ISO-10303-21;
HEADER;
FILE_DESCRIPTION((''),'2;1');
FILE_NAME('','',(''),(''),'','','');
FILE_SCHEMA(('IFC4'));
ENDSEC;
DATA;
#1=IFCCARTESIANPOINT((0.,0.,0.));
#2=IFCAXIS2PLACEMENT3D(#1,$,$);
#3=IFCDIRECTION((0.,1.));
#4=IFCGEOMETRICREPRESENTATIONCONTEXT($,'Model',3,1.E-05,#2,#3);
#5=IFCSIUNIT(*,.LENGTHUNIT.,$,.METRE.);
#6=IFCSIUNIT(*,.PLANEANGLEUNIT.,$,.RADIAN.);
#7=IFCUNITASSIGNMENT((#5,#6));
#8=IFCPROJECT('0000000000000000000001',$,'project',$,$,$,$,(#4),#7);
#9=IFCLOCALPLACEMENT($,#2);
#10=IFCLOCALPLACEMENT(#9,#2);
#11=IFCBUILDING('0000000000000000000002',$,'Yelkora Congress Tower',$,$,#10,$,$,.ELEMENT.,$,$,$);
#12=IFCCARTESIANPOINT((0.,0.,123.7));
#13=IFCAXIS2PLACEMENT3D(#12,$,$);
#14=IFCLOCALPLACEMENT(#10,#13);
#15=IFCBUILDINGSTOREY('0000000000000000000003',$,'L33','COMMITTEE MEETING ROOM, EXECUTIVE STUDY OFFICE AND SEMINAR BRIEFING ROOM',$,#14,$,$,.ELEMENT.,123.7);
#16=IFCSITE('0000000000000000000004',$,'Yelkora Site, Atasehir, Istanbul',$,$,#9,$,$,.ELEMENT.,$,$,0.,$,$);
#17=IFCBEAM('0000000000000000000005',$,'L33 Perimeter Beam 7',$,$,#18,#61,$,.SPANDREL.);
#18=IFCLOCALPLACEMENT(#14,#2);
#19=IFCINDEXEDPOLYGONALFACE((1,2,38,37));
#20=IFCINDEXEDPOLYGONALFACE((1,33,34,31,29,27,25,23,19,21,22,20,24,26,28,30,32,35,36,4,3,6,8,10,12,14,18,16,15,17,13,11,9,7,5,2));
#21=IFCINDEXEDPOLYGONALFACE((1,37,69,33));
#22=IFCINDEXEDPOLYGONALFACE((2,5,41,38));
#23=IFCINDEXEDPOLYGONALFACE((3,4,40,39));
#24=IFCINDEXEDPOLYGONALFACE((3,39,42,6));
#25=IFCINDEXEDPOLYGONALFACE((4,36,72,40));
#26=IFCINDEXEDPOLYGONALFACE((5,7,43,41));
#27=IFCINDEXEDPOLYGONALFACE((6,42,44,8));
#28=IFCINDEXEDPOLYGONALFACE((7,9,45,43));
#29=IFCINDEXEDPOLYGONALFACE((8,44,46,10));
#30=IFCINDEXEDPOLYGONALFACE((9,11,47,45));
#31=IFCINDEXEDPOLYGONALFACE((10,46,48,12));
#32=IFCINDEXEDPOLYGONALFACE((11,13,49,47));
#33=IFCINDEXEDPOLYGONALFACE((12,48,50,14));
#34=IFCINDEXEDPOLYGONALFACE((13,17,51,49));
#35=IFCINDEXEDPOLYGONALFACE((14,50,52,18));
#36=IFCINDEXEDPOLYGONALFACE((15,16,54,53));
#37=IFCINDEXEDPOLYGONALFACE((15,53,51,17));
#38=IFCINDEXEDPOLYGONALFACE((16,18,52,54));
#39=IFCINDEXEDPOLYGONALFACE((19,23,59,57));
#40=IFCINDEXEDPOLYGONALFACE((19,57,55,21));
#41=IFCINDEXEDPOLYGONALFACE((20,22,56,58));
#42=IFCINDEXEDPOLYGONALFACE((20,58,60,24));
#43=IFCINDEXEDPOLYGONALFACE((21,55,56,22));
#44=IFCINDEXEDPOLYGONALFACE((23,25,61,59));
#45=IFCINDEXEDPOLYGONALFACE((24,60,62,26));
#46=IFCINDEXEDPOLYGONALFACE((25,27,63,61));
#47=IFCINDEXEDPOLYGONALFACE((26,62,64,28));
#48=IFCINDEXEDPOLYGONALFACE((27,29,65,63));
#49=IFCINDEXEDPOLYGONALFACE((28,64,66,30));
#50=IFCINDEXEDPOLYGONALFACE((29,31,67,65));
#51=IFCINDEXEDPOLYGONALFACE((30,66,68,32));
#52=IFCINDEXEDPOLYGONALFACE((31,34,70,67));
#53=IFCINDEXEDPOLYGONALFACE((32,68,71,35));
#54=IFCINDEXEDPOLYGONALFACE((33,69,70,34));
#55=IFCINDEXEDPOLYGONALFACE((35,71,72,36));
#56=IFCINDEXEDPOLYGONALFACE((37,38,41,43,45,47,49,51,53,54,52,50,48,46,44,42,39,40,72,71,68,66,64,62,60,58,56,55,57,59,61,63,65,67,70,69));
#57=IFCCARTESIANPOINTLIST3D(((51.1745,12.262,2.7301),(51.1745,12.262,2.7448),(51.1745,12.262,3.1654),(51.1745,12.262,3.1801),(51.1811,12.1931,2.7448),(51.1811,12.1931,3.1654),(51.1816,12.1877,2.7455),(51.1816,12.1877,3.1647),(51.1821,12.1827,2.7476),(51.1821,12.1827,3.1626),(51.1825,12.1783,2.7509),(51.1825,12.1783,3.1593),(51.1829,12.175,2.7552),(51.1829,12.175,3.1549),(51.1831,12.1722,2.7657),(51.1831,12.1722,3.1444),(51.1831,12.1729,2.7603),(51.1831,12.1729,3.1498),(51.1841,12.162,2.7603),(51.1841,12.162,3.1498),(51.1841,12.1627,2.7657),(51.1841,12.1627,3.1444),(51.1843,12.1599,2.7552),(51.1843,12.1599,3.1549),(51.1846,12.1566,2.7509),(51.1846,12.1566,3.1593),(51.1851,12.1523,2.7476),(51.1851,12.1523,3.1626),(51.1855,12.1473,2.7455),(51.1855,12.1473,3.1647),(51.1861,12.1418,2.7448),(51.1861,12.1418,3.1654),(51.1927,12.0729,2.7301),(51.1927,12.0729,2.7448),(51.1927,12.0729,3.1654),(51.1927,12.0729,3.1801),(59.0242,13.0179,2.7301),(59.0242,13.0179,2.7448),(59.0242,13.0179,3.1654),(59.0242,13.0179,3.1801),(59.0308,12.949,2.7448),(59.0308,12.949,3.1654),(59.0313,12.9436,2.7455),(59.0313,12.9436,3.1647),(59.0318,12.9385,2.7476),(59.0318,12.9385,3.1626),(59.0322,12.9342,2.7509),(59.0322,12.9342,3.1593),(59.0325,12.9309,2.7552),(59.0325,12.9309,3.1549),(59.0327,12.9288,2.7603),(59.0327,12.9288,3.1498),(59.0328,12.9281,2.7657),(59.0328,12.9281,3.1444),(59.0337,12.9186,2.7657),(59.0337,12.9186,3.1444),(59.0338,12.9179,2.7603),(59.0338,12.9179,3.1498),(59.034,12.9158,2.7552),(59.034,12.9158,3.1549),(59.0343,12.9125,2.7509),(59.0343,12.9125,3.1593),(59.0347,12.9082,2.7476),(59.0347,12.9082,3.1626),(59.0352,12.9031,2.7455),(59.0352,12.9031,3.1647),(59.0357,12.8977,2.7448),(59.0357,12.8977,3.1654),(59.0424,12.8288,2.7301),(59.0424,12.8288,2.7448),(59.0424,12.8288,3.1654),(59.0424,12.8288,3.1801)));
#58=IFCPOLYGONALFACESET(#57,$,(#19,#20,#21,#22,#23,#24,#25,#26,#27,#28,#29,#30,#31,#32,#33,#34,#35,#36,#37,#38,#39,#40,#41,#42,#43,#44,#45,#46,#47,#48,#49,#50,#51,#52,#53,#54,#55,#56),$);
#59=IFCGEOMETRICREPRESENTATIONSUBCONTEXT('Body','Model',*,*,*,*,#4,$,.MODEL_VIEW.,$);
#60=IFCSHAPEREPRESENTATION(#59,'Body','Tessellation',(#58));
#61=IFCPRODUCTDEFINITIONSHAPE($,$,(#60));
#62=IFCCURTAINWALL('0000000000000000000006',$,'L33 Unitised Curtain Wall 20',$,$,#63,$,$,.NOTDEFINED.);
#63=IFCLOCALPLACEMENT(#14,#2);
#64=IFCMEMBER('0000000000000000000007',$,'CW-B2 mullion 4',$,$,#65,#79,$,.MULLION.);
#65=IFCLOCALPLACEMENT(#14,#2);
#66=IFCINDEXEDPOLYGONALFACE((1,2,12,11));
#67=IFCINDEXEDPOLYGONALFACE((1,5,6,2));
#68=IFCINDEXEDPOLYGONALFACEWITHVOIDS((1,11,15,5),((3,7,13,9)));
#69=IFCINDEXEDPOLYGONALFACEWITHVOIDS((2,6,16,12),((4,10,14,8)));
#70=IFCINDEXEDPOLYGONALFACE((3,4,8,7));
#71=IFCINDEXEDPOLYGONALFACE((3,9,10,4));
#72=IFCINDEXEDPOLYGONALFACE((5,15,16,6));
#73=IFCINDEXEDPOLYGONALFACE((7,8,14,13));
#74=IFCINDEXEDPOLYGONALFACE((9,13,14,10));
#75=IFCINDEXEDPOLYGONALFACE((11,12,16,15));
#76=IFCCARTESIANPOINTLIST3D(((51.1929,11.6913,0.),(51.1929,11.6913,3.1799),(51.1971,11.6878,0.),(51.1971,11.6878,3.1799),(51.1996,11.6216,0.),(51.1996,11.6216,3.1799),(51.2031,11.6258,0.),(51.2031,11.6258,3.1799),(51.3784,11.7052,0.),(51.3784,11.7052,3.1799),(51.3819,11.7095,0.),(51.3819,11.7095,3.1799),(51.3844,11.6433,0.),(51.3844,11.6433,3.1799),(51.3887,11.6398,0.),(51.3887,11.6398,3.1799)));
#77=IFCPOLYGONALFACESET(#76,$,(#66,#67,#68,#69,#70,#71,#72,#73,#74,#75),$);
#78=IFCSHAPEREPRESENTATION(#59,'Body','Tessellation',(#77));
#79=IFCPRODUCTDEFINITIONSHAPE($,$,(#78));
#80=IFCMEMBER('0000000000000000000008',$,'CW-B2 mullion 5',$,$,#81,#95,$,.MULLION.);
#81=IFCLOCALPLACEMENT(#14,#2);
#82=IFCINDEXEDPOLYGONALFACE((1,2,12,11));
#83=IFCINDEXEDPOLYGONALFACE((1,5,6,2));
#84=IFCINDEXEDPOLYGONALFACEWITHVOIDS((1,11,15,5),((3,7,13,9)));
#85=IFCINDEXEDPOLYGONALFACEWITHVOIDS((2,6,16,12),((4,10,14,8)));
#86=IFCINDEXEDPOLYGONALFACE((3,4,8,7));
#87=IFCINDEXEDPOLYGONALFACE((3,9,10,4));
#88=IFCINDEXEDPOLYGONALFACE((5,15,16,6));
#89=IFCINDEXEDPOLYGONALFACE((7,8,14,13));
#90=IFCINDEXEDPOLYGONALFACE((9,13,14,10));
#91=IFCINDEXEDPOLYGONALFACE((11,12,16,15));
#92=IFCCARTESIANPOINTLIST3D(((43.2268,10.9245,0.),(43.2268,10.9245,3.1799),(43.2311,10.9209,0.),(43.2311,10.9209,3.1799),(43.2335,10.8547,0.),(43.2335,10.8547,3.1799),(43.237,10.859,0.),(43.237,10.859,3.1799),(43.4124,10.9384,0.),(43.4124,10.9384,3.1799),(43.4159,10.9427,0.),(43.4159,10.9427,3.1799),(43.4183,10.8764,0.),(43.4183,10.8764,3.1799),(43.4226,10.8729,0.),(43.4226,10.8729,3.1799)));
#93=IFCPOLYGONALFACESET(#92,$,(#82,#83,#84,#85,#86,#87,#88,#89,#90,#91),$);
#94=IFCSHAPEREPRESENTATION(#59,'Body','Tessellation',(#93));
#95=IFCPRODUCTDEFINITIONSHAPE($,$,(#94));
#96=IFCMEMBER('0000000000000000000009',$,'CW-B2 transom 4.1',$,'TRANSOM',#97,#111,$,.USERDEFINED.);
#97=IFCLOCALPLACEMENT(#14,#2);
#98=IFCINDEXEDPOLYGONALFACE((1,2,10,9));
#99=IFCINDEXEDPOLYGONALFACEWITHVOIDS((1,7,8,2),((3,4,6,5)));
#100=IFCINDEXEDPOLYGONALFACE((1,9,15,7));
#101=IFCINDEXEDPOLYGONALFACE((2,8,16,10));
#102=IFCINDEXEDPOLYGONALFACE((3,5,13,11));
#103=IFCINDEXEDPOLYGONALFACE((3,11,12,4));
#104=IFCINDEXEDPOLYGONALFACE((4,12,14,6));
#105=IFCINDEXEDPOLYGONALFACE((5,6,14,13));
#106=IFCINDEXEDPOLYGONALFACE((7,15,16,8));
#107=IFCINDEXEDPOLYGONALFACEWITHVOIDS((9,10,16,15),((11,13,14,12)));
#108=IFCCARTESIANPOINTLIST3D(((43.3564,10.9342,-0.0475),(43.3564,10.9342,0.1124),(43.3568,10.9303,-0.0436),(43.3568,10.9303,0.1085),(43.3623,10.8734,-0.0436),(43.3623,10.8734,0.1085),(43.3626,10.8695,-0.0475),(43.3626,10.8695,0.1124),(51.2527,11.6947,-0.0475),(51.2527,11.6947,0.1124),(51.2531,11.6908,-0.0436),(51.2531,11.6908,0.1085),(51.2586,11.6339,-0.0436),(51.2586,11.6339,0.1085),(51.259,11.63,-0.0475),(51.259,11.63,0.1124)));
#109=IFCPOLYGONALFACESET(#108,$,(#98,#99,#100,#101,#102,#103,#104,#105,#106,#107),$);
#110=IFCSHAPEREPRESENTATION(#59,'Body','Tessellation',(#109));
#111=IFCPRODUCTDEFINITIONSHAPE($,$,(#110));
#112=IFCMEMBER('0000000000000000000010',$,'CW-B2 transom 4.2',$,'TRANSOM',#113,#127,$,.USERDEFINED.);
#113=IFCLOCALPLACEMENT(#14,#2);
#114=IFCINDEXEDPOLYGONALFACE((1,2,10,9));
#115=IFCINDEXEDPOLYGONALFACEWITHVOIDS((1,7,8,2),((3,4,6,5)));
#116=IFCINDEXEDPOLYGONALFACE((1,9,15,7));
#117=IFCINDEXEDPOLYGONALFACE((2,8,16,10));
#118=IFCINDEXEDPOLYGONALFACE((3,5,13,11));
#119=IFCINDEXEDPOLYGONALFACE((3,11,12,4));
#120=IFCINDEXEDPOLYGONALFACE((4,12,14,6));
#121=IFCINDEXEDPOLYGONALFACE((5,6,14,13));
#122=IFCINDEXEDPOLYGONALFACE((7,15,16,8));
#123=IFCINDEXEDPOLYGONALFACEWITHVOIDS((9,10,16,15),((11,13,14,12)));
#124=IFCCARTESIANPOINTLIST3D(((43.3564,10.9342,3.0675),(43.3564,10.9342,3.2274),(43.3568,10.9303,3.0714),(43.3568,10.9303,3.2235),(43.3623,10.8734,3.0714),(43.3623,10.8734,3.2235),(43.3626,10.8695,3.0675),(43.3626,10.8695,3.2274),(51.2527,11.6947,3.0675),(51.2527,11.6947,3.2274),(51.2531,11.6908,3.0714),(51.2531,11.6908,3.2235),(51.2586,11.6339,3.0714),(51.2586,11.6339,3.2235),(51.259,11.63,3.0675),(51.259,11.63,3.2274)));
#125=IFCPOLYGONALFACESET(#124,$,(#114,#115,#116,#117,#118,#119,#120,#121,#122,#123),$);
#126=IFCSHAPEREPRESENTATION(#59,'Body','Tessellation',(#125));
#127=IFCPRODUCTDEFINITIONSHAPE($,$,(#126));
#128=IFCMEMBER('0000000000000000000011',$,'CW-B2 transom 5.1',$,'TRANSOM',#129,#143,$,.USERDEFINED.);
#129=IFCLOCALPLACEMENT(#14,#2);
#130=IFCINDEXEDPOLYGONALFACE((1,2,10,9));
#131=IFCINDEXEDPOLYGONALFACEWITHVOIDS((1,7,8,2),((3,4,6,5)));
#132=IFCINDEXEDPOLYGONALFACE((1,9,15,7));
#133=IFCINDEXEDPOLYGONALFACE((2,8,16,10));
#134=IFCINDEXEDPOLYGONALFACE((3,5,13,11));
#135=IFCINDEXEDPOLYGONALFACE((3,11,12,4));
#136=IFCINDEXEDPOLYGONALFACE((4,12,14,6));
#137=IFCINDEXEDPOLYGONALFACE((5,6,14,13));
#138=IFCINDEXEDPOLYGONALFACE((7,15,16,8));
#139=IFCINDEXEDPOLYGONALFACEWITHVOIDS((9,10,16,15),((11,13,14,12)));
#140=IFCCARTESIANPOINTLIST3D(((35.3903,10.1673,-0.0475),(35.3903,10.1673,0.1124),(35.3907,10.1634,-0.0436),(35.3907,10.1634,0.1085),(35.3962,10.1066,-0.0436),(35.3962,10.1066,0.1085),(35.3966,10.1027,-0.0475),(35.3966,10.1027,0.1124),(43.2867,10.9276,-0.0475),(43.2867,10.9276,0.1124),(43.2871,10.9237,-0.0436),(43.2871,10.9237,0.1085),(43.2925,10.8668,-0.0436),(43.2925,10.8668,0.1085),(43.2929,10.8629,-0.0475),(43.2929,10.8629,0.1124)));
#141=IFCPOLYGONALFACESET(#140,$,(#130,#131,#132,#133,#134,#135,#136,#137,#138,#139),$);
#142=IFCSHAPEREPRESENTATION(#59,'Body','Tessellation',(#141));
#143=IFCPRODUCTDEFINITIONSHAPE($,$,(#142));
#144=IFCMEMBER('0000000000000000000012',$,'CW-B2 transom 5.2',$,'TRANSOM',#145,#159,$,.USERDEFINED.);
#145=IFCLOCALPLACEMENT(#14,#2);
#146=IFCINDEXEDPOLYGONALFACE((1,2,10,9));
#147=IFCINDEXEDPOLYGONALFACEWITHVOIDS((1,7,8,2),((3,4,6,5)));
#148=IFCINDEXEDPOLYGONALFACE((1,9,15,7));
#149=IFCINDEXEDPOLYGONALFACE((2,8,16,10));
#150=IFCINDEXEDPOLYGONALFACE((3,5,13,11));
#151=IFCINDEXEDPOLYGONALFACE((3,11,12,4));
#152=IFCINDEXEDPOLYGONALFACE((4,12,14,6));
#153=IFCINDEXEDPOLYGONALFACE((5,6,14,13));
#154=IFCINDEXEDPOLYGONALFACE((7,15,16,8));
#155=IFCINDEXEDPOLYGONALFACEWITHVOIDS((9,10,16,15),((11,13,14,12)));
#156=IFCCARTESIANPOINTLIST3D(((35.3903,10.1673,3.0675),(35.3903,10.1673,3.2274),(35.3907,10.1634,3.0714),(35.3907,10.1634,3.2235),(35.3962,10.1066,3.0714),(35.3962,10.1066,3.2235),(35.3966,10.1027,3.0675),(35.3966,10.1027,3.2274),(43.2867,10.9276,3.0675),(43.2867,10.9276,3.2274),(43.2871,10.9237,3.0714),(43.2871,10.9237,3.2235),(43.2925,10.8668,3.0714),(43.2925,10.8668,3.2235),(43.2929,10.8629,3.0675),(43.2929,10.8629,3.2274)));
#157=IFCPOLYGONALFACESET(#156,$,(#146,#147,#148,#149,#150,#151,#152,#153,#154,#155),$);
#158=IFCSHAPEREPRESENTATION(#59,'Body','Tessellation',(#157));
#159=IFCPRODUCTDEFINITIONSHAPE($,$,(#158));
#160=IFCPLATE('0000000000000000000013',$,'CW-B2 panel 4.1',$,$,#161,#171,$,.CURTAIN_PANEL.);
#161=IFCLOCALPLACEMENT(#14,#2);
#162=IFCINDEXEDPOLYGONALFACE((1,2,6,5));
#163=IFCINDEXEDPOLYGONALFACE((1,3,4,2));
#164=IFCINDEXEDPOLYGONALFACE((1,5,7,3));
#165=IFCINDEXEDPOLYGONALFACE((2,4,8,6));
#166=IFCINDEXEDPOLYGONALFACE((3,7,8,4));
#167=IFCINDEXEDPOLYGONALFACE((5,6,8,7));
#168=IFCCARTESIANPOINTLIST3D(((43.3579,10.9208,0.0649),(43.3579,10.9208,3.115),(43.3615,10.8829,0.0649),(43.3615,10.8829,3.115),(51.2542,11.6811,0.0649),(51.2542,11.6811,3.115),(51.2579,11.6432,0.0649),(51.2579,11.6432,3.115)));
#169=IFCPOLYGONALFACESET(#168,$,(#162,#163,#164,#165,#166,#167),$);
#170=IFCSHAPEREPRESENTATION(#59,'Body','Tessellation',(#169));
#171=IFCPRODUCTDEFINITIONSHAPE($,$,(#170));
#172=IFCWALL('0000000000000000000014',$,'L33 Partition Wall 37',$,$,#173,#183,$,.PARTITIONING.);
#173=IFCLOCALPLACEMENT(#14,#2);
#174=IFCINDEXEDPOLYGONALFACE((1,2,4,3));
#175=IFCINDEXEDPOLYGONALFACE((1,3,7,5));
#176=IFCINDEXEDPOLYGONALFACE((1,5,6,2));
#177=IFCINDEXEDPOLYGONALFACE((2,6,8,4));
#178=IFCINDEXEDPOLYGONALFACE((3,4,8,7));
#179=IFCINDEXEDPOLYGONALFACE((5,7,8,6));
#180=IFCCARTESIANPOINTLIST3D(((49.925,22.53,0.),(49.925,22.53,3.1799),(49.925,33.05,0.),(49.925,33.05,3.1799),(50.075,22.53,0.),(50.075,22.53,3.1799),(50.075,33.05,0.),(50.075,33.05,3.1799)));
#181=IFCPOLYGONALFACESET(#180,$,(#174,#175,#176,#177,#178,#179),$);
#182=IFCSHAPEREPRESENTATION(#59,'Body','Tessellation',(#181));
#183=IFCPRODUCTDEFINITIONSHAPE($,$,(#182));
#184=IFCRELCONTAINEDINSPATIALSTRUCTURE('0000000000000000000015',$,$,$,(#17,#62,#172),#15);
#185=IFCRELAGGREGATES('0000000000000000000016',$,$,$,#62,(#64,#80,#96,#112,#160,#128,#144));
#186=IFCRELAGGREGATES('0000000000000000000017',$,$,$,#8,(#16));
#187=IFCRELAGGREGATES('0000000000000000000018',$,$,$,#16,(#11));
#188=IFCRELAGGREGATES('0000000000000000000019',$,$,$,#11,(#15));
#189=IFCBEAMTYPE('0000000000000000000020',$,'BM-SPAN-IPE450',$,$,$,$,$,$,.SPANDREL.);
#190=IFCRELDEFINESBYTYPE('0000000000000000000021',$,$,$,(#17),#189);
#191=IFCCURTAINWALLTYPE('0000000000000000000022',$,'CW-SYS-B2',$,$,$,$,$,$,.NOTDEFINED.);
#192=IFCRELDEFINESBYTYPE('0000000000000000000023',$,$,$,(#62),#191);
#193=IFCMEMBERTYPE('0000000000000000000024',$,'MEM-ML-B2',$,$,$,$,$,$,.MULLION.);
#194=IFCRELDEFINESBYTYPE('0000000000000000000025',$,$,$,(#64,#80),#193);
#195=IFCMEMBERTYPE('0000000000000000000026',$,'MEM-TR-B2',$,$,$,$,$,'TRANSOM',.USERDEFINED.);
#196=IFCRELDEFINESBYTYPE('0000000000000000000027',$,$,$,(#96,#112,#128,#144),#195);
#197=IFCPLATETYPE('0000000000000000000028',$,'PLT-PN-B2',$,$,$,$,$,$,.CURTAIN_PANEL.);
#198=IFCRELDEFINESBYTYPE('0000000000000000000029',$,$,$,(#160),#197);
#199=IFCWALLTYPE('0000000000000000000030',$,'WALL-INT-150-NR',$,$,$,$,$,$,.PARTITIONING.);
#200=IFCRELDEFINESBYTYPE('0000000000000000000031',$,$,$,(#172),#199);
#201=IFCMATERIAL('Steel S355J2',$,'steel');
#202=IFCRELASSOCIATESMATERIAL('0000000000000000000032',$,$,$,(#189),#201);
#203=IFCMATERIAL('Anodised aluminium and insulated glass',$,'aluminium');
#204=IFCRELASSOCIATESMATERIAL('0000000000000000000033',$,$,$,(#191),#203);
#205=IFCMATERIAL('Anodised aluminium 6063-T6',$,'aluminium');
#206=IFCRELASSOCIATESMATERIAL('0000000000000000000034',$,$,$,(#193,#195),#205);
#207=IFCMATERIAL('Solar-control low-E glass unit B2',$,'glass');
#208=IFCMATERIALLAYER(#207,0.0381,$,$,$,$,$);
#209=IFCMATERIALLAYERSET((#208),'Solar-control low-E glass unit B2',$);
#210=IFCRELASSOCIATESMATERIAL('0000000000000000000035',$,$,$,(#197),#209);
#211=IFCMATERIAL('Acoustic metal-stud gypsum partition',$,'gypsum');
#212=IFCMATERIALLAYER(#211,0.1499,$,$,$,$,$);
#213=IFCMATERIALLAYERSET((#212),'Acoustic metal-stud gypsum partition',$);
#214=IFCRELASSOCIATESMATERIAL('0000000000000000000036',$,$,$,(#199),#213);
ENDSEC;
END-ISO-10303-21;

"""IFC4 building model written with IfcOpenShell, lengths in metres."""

from ifc_helpers import new_model, si_unit, direction, frame, frame_2d, origin, origin_2d, place, context, subcontext, project, spatial, rectangle, hollow_rectangle, i_section, extrude, material, layer, layer_set, material_profile, profile_set, type_object, element, aggregate, save


model = new_model("IFC4")

# Units and contexts
model_context = context("Model", 3, precision=1e-05, world=origin(), true_north=direction((0.0, 1.0)))
body_context = subcontext(model_context, "Body", "Model", "MODEL_VIEW")
ifc_project = project(units=[si_unit("LENGTHUNIT", "METRE"), si_unit("PLANEANGLEUNIT", "RADIAN")], contexts=[model_context])

# Site, building, storey
site_placement = place(None, origin())
site = spatial("IfcSite", under=ifc_project, at=site_placement, Name="Yelkora Site, Atasehir, Istanbul", CompositionType="ELEMENT", RefElevation=0.0)
building_placement = place(site_placement, origin())
building = spatial("IfcBuilding", under=site, at=building_placement, Name="Yelkora Congress Tower", CompositionType="ELEMENT")
storey_placement = place(building_placement, frame((0.0, 0.0, 123.7)))
storey = spatial("IfcBuildingStorey", under=building, at=storey_placement, Name="L33", Description="COMMITTEE MEETING ROOM, EXECUTIVE STUDY OFFICE AND SEMINAR BRIEFING ROOM", CompositionType="ELEMENT", Elevation=123.7)

# Beam
ifc_material_1 = material(Name="Steel S355J2", Category="steel")
ifc_material_profile_1 = material_profile(ifc_material_1, i_section(OverallWidth=0.1899, OverallDepth=0.45, WebThickness=0.0095, FlangeThickness=0.0146, FilletRadius=0.021, at=origin_2d()), Name="IPE 450")
ifc_profile_set_1 = profile_set([ifc_material_profile_1], Name="Steel S355J2")
beam_type_1 = type_object("IfcBeamType", Name="BM-SPAN-IPE450", PredefinedType="SPANDREL", material=ifc_profile_set_1)
beam_1_placement = place(storey_placement, frame((51.1836, 12.1675, 2.9551), z_axis=(0.995396, 0.095849, 0.0), x_axis=(-0.095849, 0.995396, 0.0)))
element("IfcBeam", 1, at=beam_1_placement, inside=storey, type_object=beam_type_1, Name="L33 Perimeter Beam 7", PredefinedType="SPANDREL", context=body_context, shape_type="SweptSolid", body=[
    extrude(i_section(OverallWidth=0.1899, OverallDepth=0.45, WebThickness=0.0095, FlangeThickness=0.0146, FilletRadius=0.021, at=origin_2d()), origin(), (0.0, 0.0, 1.0), 7.886),
])

# Curtain wall, members, plate
ifc_material_2 = material(Name="Anodised aluminium and insulated glass", Category="aluminium")
curtain_wall_type = type_object("IfcCurtainWallType", Name="CW-SYS-B2", PredefinedType="NOTDEFINED", material=ifc_material_2)
curtain_wall_placement = place(storey_placement, origin())
curtain_wall = element("IfcCurtainWall", 2, at=curtain_wall_placement, inside=storey, type_object=curtain_wall_type, Name="L33 Unitised Curtain Wall 20", PredefinedType="NOTDEFINED")
ifc_material_3 = material(Name="Anodised aluminium 6063-T6", Category="aluminium")
ifc_material_profile_2 = material_profile(ifc_material_3, hollow_rectangle(XDim=0.0701, YDim=0.1899, WallThickness=0.0039, at=origin_2d()), Name="ALU 70x190x4")
ifc_profile_set_2 = profile_set([ifc_material_profile_2], Name="Anodised aluminium 6063-T6")
member_type_1 = type_object("IfcMemberType", Name="MEM-ML-B2", PredefinedType="MULLION", material=ifc_profile_set_2)
member_1_placement = place(storey_placement, frame((51.2908, 11.6655, 0.0), z_axis=(0.0, 0.0, 1.0), x_axis=(0.095844, -0.995396, 0.0)))
member_1 = element("IfcMember", 3, at=member_1_placement, type_object=member_type_1, Name="CW-B2 mullion 4", PredefinedType="MULLION", context=body_context, shape_type="SweptSolid", body=[
    extrude(hollow_rectangle(XDim=0.0701, YDim=0.1899, WallThickness=0.0039, at=origin_2d()), origin(), (0.0, 0.0, 1.0), 3.1799),
])
member_2_placement = place(storey_placement, frame((43.3247, 10.8987, 0.0), z_axis=(0.0, 0.0, 1.0), x_axis=(0.095844, -0.995396, 0.0)))
member_2 = element("IfcMember", 4, at=member_2_placement, type_object=member_type_1, Name="CW-B2 mullion 5", PredefinedType="MULLION", context=body_context, shape_type="SweptSolid", body=[
    extrude(hollow_rectangle(XDim=0.0701, YDim=0.1899, WallThickness=0.0039, at=origin_2d()), origin(), (0.0, 0.0, 1.0), 3.1799),
])
ifc_material_profile_3 = material_profile(ifc_material_3, hollow_rectangle(XDim=0.0649, YDim=0.1599, WallThickness=0.0039, at=origin_2d()), Name="ALU 65x160x4")
ifc_profile_set_3 = profile_set([ifc_material_profile_3], Name="Anodised aluminium 6063-T6")
member_type_2 = type_object("IfcMemberType", Name="MEM-TR-B2", ElementType="TRANSOM", PredefinedType="USERDEFINED", material=ifc_profile_set_3)
member_3_placement = place(storey_placement, frame((51.2559, 11.6624, 0.0325), z_axis=(-0.995394, -0.095868, 0.0), x_axis=(0.095868, -0.995394, 0.0)))
member_3 = element("IfcMember", 5, at=member_3_placement, type_object=member_type_2, Name="CW-B2 transom 4.1", ObjectType="TRANSOM", PredefinedType="USERDEFINED", context=body_context, shape_type="SweptSolid", body=[
    extrude(hollow_rectangle(XDim=0.0649, YDim=0.1599, WallThickness=0.0039, at=origin_2d()), origin(), (0.0, 0.0, 1.0), 7.9329),
])
member_4_placement = place(storey_placement, frame((51.2559, 11.6624, 3.1475), z_axis=(-0.995394, -0.095868, 0.0), x_axis=(0.095868, -0.995394, 0.0)))
member_4 = element("IfcMember", 6, at=member_4_placement, type_object=member_type_2, Name="CW-B2 transom 4.2", ObjectType="TRANSOM", PredefinedType="USERDEFINED", context=body_context, shape_type="SweptSolid", body=[
    extrude(hollow_rectangle(XDim=0.0649, YDim=0.1599, WallThickness=0.0039, at=origin_2d()), origin(), (0.0, 0.0, 1.0), 7.9329),
])
member_5_placement = place(storey_placement, frame((43.2898, 10.8953, 0.0325), z_axis=(-0.995397, -0.095837, 0.0), x_axis=(0.095837, -0.995397, 0.0)))
member_5 = element("IfcMember", 7, at=member_5_placement, type_object=member_type_2, Name="CW-B2 transom 5.1", ObjectType="TRANSOM", PredefinedType="USERDEFINED", context=body_context, shape_type="SweptSolid", body=[
    extrude(hollow_rectangle(XDim=0.0649, YDim=0.1599, WallThickness=0.0039, at=origin_2d()), origin(), (0.0, 0.0, 1.0), 7.9329),
])
member_6_placement = place(storey_placement, frame((43.2898, 10.8953, 3.1475), z_axis=(-0.995397, -0.095837, 0.0), x_axis=(0.095837, -0.995397, 0.0)))
member_6 = element("IfcMember", 8, at=member_6_placement, type_object=member_type_2, Name="CW-B2 transom 5.2", ObjectType="TRANSOM", PredefinedType="USERDEFINED", context=body_context, shape_type="SweptSolid", body=[
    extrude(hollow_rectangle(XDim=0.0649, YDim=0.1599, WallThickness=0.0039, at=origin_2d()), origin(), (0.0, 0.0, 1.0), 7.9329),
])
ifc_material_4 = material(Name="Solar-control low-E glass unit B2", Category="glass")
ifc_layer_1 = layer(ifc_material_4, 0.0381)
ifc_layer_set_1 = layer_set([ifc_layer_1], Name="Solar-control low-E glass unit B2")
plate_type = type_object("IfcPlateType", Name="PLT-PN-B2", PredefinedType="CURTAIN_PANEL", material=ifc_layer_set_1)
plate_placement = place(storey_placement, frame((47.3079, 11.282, 0.0649), z_axis=(0.0, 0.0, 1.0), x_axis=(-0.995396, -0.095844, 0.0)))
plate = element("IfcPlate", 9, at=plate_placement, type_object=plate_type, Name="CW-B2 panel 4.1", PredefinedType="CURTAIN_PANEL", context=body_context, shape_type="SweptSolid", body=[
    extrude(rectangle(XDim=7.9329, YDim=0.0381, at=origin_2d()), origin(), (0.0, 0.0, 1.0), 3.05),
])
aggregate(curtain_wall, [member_1, member_2, member_3, member_4, plate, member_5, member_6])

# Wall
ifc_material_5 = material(Name="Acoustic metal-stud gypsum partition", Category="gypsum")
ifc_layer_2 = layer(ifc_material_5, 0.1499)
ifc_layer_set_2 = layer_set([ifc_layer_2], Name="Acoustic metal-stud gypsum partition")
wall_type = type_object("IfcWallType", Name="WALL-INT-150-NR", PredefinedType="PARTITIONING", material=ifc_layer_set_2)
for number, where, z_axis, x_axis, name in (
    (10, (50.0, 22.53, 0.0), (0.0, 0.0, 1.0), (0.0, 1.0, 0.0), "L33 Partition Wall 37"),
):
    element("IfcWall", number, at=place(storey_placement, frame(where, z_axis=z_axis, x_axis=x_axis)), inside=storey, type_object=wall_type, Name=name, PredefinedType="PARTITIONING", context=body_context, shape_type="SweptSolid", body=[
        extrude(rectangle(XDim=10.52, YDim=0.1499, at=frame_2d((5.26, 0.0))), origin(), (0.0, 0.0, 1.0), 3.1799),
    ])

save(model, "model.ifc")
